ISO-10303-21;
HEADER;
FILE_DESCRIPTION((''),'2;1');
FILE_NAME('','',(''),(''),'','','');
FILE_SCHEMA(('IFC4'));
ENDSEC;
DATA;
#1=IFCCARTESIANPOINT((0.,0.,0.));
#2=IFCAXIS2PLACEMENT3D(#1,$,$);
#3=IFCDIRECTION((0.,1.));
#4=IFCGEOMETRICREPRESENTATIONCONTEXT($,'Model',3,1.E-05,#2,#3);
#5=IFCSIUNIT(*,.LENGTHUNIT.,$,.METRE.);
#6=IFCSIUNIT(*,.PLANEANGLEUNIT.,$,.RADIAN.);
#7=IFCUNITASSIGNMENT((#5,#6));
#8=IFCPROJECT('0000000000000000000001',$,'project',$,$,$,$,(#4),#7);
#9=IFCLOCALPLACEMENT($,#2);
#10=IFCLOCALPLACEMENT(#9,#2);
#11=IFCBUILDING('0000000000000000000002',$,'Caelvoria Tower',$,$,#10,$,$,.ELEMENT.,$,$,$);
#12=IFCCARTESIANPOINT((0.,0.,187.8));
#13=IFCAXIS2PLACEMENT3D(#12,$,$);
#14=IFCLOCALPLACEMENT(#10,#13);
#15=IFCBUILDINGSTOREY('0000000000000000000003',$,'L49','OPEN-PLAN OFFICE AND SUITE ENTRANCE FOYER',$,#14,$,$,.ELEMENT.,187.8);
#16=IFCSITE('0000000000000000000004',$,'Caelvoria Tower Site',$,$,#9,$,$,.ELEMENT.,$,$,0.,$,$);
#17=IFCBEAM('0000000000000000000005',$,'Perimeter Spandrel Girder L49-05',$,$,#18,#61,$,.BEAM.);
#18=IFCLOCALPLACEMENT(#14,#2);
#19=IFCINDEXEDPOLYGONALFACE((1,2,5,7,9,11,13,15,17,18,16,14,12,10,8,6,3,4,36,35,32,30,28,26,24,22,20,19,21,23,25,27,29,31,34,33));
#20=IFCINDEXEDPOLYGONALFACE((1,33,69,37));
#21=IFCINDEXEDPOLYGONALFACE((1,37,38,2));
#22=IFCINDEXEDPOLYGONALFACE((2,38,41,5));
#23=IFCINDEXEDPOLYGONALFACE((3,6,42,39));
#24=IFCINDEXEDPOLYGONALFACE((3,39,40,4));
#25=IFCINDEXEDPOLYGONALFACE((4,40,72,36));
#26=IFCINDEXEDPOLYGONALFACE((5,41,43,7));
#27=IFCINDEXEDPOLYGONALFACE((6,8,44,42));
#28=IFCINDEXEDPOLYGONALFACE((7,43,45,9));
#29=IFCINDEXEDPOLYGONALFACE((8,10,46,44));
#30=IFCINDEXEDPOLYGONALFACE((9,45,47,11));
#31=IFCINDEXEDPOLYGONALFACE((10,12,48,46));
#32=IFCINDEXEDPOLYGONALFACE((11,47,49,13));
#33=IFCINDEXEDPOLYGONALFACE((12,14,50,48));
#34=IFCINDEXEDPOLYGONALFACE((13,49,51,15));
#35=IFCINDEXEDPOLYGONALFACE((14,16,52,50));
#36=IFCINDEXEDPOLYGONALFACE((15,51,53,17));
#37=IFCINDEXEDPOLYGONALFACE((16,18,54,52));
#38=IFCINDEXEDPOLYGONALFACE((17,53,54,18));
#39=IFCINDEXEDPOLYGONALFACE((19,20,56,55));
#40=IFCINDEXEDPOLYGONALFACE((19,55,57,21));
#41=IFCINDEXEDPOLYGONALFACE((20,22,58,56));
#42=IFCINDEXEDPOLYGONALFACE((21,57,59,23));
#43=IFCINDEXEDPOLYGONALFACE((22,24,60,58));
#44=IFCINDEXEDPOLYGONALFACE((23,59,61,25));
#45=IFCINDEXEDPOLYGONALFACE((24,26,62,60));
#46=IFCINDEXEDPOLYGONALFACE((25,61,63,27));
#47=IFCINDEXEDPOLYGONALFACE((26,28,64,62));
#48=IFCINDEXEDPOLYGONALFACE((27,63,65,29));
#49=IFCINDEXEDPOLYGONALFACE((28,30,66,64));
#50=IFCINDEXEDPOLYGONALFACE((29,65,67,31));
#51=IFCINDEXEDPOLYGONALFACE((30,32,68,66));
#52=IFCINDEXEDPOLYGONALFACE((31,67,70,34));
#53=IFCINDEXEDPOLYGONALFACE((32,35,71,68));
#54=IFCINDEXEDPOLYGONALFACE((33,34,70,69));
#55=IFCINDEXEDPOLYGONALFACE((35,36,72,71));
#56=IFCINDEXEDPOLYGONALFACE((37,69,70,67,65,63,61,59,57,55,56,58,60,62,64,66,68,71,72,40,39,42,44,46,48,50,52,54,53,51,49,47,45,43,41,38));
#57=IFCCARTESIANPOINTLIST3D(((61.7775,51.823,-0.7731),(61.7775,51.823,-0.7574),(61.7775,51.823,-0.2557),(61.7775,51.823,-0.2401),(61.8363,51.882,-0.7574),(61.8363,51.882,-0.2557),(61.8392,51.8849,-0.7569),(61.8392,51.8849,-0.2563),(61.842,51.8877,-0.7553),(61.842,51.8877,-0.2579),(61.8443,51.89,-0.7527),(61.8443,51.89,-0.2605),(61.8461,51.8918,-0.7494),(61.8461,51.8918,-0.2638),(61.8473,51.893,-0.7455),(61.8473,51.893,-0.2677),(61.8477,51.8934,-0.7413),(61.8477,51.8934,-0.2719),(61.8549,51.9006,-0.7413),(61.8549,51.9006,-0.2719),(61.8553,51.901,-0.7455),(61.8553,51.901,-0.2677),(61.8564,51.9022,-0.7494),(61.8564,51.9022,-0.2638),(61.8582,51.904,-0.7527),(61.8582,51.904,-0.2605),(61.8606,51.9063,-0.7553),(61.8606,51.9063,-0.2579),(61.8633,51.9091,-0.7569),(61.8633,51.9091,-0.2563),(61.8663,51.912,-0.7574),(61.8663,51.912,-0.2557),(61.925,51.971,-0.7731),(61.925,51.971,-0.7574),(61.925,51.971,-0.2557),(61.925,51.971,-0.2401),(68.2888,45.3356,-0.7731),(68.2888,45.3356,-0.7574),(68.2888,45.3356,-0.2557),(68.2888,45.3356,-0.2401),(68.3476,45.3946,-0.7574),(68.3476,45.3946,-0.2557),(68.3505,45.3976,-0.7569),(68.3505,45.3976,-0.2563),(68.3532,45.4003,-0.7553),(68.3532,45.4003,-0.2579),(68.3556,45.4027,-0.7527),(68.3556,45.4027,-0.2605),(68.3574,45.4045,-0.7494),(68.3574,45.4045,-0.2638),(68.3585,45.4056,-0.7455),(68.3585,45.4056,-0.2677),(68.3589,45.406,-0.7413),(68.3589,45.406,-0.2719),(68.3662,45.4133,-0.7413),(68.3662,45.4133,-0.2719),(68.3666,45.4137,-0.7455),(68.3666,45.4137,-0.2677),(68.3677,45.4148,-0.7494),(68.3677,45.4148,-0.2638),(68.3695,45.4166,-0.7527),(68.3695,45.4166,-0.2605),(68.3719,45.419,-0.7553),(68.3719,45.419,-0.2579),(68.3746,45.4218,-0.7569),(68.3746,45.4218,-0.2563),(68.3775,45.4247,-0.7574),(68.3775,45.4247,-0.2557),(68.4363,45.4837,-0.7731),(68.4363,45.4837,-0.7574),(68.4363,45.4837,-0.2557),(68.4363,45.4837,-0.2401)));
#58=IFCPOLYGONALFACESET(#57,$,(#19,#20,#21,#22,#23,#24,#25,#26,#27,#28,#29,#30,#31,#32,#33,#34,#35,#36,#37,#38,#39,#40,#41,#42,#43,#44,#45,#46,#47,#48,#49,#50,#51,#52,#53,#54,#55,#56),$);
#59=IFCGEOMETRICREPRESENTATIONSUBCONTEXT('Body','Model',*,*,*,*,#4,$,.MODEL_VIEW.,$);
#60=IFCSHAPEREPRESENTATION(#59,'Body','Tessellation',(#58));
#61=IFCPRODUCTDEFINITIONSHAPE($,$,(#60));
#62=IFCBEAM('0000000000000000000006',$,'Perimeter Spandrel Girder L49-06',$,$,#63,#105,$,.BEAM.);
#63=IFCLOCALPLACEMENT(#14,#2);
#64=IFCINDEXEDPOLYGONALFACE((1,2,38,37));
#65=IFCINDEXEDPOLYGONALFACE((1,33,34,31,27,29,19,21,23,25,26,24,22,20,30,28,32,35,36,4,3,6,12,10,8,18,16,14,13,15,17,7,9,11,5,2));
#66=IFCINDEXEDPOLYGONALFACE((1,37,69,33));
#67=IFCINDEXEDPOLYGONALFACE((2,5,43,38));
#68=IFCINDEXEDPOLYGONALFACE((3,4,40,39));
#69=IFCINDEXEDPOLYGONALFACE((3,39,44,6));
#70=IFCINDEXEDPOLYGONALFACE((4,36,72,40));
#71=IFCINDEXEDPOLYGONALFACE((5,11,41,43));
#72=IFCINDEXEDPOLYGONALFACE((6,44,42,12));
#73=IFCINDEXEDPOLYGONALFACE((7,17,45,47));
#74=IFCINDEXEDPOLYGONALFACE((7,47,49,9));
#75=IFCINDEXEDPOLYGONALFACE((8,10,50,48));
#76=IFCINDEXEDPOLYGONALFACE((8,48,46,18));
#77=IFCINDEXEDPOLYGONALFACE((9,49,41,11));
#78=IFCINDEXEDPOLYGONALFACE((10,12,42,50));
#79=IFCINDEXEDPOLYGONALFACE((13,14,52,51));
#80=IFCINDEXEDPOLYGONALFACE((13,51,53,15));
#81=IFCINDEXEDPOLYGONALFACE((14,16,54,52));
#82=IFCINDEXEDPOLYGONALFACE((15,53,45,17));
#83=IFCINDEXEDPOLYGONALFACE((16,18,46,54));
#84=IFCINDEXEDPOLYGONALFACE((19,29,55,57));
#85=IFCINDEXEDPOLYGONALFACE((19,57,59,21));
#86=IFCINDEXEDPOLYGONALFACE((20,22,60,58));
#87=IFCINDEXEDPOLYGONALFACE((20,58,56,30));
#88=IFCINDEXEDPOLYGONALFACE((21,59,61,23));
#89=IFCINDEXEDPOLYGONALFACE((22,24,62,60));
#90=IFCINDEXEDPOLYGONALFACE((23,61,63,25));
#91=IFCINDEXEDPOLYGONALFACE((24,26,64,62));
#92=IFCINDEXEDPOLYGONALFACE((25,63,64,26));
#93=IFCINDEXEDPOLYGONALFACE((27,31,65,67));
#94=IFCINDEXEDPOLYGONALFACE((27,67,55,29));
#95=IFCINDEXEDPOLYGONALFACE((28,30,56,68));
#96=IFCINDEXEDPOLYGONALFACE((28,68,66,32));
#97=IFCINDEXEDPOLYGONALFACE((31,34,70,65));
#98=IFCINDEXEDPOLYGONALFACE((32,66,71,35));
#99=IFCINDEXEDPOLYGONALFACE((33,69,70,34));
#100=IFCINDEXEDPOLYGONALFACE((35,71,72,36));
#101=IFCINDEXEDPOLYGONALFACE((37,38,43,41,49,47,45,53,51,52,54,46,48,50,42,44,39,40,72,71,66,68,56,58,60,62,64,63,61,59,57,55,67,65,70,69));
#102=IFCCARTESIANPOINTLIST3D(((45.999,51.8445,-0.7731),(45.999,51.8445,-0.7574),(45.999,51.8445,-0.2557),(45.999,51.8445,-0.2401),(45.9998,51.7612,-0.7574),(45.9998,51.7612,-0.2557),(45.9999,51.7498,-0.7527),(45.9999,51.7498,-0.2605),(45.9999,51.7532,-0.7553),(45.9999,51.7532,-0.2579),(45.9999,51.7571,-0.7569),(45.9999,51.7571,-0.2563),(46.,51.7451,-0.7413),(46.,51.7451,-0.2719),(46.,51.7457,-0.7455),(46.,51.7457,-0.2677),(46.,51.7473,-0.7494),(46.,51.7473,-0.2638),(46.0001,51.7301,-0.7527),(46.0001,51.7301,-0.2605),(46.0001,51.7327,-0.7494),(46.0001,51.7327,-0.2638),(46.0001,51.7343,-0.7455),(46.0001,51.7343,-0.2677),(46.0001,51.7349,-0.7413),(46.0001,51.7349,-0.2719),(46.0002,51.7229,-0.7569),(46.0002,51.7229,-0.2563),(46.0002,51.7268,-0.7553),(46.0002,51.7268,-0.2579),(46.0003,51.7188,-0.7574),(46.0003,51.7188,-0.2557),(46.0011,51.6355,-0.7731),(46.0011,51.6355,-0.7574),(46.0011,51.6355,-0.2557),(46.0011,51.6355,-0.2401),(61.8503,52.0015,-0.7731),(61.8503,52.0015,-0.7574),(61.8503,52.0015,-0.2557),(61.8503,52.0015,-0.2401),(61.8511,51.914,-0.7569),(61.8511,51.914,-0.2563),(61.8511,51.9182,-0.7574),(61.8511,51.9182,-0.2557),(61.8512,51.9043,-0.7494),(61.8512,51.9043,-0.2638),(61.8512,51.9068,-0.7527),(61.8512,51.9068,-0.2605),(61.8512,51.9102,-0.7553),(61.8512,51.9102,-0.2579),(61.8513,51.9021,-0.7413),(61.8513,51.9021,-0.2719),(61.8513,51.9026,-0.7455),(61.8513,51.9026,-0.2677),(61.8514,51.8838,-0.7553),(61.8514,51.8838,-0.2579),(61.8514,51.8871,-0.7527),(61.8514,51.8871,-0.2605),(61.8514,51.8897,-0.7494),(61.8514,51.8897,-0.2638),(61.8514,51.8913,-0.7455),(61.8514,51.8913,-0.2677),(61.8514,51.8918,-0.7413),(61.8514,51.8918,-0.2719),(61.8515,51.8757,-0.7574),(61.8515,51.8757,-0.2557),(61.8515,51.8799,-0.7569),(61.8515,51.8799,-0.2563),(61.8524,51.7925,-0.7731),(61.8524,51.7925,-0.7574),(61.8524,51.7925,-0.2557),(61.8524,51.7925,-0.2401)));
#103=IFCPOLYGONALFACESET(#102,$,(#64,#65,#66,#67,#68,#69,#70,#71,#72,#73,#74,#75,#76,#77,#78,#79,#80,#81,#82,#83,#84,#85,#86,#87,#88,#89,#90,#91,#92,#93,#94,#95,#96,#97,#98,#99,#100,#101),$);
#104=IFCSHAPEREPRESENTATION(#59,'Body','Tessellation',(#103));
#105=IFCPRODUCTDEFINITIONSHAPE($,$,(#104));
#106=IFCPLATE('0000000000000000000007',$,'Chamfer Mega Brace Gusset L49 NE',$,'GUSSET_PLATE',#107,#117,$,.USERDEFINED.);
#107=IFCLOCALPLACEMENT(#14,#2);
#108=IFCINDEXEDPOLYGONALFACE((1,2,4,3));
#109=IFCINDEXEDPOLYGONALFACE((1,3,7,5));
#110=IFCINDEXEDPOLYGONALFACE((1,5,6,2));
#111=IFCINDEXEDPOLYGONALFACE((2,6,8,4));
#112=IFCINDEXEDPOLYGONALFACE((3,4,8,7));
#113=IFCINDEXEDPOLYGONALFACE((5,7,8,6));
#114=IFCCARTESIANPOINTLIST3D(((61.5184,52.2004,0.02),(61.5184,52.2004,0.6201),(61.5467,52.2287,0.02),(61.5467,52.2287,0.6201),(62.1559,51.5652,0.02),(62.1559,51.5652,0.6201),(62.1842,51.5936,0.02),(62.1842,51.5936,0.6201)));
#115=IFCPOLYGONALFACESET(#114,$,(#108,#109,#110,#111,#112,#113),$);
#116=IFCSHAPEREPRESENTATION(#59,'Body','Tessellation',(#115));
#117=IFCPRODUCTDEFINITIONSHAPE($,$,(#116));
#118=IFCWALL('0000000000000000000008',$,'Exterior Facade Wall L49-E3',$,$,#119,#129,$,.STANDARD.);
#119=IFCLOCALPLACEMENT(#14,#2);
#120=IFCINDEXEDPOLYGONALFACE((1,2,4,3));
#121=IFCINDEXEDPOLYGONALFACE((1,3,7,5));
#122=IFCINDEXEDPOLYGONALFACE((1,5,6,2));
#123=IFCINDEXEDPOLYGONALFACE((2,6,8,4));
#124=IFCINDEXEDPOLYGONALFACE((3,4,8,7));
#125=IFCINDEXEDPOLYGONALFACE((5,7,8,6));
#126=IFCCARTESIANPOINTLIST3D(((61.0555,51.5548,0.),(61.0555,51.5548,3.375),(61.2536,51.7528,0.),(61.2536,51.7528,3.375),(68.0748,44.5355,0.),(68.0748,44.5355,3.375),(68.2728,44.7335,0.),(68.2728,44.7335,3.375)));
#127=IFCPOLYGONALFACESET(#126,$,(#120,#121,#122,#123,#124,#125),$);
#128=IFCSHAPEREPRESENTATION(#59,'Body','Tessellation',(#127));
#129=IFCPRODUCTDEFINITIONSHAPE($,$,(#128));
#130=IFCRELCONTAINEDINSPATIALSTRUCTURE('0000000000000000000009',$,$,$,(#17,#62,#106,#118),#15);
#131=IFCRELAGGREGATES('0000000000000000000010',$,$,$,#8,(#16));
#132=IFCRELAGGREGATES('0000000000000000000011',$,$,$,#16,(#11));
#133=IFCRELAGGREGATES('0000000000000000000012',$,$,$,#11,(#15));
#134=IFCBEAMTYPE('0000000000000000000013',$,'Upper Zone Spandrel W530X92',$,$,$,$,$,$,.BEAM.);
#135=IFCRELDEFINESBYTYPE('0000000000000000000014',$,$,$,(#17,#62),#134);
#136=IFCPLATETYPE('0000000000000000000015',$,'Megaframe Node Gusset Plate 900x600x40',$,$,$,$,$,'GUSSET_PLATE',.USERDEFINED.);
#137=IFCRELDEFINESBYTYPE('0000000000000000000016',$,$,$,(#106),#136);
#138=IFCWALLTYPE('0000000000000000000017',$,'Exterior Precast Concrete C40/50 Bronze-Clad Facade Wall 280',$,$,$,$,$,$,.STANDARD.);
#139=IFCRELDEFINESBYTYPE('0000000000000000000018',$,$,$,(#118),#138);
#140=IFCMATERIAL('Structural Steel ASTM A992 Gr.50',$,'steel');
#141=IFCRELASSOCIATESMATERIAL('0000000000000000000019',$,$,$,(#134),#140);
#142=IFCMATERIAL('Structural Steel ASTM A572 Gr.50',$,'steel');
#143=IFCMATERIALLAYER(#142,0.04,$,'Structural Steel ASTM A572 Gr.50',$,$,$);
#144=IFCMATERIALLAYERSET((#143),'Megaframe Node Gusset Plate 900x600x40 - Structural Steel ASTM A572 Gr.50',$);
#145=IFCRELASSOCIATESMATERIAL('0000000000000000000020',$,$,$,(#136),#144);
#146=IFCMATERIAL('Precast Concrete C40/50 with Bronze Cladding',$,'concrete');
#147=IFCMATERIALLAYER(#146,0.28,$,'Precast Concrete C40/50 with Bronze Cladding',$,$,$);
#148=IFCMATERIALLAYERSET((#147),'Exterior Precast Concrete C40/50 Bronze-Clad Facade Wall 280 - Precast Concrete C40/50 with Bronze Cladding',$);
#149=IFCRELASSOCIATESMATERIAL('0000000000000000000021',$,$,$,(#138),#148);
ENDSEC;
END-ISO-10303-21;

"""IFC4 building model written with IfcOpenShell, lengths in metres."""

from ifc_helpers import new_model, si_unit, direction, frame, frame_2d, origin, origin_2d, place, context, subcontext, project, spatial, rectangle, i_section, extrude, material, layer, layer_set, material_profile, profile_set, type_object, element, save


model = new_model("IFC4")

# Units and contexts
model_context = context("Model", 3, precision=1e-05, world=origin(), true_north=direction((0.0, 1.0)))
body_context = subcontext(model_context, "Body", "Model", "MODEL_VIEW")
ifc_project = project(units=[si_unit("LENGTHUNIT", "METRE"), si_unit("PLANEANGLEUNIT", "RADIAN")], contexts=[model_context])

# Site, building, storey
site_placement = place(None, origin())
site = spatial("IfcSite", under=ifc_project, at=site_placement, Name="Caelvoria Tower Site", CompositionType="ELEMENT", RefElevation=0.0)
building_placement = place(site_placement, origin())
building = spatial("IfcBuilding", under=site, at=building_placement, Name="Caelvoria Tower", CompositionType="ELEMENT")
storey_placement = place(building_placement, frame((0.0, 0.0, 187.8)))
storey = spatial("IfcBuildingStorey", under=building, at=storey_placement, Name="L49", Description="OPEN-PLAN OFFICE AND SUITE ENTRANCE FOYER", CompositionType="ELEMENT", Elevation=187.8)

# Shared definitions
ifc_material_1 = material(Name="Structural Steel ASTM A572 Gr.50", Category="steel")
ifc_material_2 = material(Name="Structural Steel ASTM A992 Gr.50", Category="steel")

# Beams
ifc_material_profile_1 = material_profile(ifc_material_2, i_section(OverallWidth=0.209, OverallDepth=0.533, WebThickness=0.0103, FlangeThickness=0.0156, FilletRadius=0.0161, at=origin_2d()), Name="Structural Steel ASTM A992 Gr.50")
ifc_profile_set_1 = profile_set([ifc_material_profile_1], Name="W530X92 - Structural Steel ASTM A992 Gr.50")
beam_type_1 = type_object("IfcBeamType", Name="Upper Zone Spandrel W530X92", PredefinedType="BEAM", material=ifc_profile_set_1)
beam_1_placement = place(storey_placement, frame((68.3625, 45.4097, -0.5066), z_axis=(-0.708407, 0.705804, 0.0), x_axis=(-0.705804, -0.708407, 0.0)))
element("IfcBeam", 1, at=beam_1_placement, inside=storey, type_object=beam_type_1, Name="Perimeter Spandrel Girder L49-05", PredefinedType="BEAM", context=body_context, shape_type="SweptSolid", body=[
    extrude(i_section(OverallWidth=0.209, OverallDepth=0.533, WebThickness=0.0103, FlangeThickness=0.0156, FilletRadius=0.0161, at=origin_2d()), origin(), (0.0, 0.0, 1.0), 9.1914),
])
beam_2_placement = place(storey_placement, frame((61.8513, 51.897, -0.5066), z_axis=(-0.999951, -0.009903, 0.0), x_axis=(0.009903, -0.999951, 0.0)))
element("IfcBeam", 2, at=beam_2_placement, inside=storey, type_object=beam_type_1, Name="Perimeter Spandrel Girder L49-06", PredefinedType="BEAM", context=body_context, shape_type="SweptSolid", body=[
    extrude(i_section(OverallWidth=0.209, OverallDepth=0.533, WebThickness=0.0103, FlangeThickness=0.0156, FilletRadius=0.0161, at=origin_2d()), origin(), (0.0, 0.0, 1.0), 15.8521),
])

# Plate
ifc_layer_1 = layer(ifc_material_1, 0.04, Name="Structural Steel ASTM A572 Gr.50")
ifc_layer_set_1 = layer_set([ifc_layer_1], Name="Megaframe Node Gusset Plate 900x600x40 - Structural Steel ASTM A572 Gr.50")
plate_type = type_object("IfcPlateType", Name="Megaframe Node Gusset Plate 900x600x40", ElementType="GUSSET_PLATE", PredefinedType="USERDEFINED", material=ifc_layer_set_1)
plate_placement = place(storey_placement, frame((61.8513, 51.897, 0.02), z_axis=(0.0, 0.0, 1.0), x_axis=(0.708405, -0.705806, 0.0)))
element("IfcPlate", 3, at=plate_placement, inside=storey, type_object=plate_type, Name="Chamfer Mega Brace Gusset L49 NE", ObjectType="GUSSET_PLATE", PredefinedType="USERDEFINED", context=body_context, shape_type="SweptSolid", body=[
    extrude(rectangle(XDim=0.8999, YDim=0.04, at=origin_2d()), origin(), (0.0, 0.0, 1.0), 0.6001),
])

# Wall
ifc_material_3 = material(Name="Precast Concrete C40/50 with Bronze Cladding", Category="concrete")
ifc_layer_2 = layer(ifc_material_3, 0.28, Name="Precast Concrete C40/50 with Bronze Cladding")
ifc_layer_set_2 = layer_set([ifc_layer_2], Name="Exterior Precast Concrete C40/50 Bronze-Clad Facade Wall 280 - Precast Concrete C40/50 with Bronze Cladding")
wall_type_1 = type_object("IfcWallType", Name="Exterior Precast Concrete C40/50 Bronze-Clad Facade Wall 280", PredefinedType="STANDARD", material=ifc_layer_set_2)
wall_1_placement = place(storey_placement, frame((68.1738, 44.6345, 0.0), z_axis=(0.0, 0.0, 1.0), x_axis=(-0.707107, 0.707107, 0.0)))
element("IfcWall", 4, at=wall_1_placement, inside=storey, type_object=wall_type_1, Name="Exterior Facade Wall L49-E3", PredefinedType="STANDARD", context=body_context, shape_type="SweptSolid", body=[
    extrude(rectangle(XDim=9.9268, YDim=0.28, at=frame_2d((4.9634, 0.0))), origin(), (0.0, 0.0, 1.0), 3.375),
])

save(model, "model.ifc")
